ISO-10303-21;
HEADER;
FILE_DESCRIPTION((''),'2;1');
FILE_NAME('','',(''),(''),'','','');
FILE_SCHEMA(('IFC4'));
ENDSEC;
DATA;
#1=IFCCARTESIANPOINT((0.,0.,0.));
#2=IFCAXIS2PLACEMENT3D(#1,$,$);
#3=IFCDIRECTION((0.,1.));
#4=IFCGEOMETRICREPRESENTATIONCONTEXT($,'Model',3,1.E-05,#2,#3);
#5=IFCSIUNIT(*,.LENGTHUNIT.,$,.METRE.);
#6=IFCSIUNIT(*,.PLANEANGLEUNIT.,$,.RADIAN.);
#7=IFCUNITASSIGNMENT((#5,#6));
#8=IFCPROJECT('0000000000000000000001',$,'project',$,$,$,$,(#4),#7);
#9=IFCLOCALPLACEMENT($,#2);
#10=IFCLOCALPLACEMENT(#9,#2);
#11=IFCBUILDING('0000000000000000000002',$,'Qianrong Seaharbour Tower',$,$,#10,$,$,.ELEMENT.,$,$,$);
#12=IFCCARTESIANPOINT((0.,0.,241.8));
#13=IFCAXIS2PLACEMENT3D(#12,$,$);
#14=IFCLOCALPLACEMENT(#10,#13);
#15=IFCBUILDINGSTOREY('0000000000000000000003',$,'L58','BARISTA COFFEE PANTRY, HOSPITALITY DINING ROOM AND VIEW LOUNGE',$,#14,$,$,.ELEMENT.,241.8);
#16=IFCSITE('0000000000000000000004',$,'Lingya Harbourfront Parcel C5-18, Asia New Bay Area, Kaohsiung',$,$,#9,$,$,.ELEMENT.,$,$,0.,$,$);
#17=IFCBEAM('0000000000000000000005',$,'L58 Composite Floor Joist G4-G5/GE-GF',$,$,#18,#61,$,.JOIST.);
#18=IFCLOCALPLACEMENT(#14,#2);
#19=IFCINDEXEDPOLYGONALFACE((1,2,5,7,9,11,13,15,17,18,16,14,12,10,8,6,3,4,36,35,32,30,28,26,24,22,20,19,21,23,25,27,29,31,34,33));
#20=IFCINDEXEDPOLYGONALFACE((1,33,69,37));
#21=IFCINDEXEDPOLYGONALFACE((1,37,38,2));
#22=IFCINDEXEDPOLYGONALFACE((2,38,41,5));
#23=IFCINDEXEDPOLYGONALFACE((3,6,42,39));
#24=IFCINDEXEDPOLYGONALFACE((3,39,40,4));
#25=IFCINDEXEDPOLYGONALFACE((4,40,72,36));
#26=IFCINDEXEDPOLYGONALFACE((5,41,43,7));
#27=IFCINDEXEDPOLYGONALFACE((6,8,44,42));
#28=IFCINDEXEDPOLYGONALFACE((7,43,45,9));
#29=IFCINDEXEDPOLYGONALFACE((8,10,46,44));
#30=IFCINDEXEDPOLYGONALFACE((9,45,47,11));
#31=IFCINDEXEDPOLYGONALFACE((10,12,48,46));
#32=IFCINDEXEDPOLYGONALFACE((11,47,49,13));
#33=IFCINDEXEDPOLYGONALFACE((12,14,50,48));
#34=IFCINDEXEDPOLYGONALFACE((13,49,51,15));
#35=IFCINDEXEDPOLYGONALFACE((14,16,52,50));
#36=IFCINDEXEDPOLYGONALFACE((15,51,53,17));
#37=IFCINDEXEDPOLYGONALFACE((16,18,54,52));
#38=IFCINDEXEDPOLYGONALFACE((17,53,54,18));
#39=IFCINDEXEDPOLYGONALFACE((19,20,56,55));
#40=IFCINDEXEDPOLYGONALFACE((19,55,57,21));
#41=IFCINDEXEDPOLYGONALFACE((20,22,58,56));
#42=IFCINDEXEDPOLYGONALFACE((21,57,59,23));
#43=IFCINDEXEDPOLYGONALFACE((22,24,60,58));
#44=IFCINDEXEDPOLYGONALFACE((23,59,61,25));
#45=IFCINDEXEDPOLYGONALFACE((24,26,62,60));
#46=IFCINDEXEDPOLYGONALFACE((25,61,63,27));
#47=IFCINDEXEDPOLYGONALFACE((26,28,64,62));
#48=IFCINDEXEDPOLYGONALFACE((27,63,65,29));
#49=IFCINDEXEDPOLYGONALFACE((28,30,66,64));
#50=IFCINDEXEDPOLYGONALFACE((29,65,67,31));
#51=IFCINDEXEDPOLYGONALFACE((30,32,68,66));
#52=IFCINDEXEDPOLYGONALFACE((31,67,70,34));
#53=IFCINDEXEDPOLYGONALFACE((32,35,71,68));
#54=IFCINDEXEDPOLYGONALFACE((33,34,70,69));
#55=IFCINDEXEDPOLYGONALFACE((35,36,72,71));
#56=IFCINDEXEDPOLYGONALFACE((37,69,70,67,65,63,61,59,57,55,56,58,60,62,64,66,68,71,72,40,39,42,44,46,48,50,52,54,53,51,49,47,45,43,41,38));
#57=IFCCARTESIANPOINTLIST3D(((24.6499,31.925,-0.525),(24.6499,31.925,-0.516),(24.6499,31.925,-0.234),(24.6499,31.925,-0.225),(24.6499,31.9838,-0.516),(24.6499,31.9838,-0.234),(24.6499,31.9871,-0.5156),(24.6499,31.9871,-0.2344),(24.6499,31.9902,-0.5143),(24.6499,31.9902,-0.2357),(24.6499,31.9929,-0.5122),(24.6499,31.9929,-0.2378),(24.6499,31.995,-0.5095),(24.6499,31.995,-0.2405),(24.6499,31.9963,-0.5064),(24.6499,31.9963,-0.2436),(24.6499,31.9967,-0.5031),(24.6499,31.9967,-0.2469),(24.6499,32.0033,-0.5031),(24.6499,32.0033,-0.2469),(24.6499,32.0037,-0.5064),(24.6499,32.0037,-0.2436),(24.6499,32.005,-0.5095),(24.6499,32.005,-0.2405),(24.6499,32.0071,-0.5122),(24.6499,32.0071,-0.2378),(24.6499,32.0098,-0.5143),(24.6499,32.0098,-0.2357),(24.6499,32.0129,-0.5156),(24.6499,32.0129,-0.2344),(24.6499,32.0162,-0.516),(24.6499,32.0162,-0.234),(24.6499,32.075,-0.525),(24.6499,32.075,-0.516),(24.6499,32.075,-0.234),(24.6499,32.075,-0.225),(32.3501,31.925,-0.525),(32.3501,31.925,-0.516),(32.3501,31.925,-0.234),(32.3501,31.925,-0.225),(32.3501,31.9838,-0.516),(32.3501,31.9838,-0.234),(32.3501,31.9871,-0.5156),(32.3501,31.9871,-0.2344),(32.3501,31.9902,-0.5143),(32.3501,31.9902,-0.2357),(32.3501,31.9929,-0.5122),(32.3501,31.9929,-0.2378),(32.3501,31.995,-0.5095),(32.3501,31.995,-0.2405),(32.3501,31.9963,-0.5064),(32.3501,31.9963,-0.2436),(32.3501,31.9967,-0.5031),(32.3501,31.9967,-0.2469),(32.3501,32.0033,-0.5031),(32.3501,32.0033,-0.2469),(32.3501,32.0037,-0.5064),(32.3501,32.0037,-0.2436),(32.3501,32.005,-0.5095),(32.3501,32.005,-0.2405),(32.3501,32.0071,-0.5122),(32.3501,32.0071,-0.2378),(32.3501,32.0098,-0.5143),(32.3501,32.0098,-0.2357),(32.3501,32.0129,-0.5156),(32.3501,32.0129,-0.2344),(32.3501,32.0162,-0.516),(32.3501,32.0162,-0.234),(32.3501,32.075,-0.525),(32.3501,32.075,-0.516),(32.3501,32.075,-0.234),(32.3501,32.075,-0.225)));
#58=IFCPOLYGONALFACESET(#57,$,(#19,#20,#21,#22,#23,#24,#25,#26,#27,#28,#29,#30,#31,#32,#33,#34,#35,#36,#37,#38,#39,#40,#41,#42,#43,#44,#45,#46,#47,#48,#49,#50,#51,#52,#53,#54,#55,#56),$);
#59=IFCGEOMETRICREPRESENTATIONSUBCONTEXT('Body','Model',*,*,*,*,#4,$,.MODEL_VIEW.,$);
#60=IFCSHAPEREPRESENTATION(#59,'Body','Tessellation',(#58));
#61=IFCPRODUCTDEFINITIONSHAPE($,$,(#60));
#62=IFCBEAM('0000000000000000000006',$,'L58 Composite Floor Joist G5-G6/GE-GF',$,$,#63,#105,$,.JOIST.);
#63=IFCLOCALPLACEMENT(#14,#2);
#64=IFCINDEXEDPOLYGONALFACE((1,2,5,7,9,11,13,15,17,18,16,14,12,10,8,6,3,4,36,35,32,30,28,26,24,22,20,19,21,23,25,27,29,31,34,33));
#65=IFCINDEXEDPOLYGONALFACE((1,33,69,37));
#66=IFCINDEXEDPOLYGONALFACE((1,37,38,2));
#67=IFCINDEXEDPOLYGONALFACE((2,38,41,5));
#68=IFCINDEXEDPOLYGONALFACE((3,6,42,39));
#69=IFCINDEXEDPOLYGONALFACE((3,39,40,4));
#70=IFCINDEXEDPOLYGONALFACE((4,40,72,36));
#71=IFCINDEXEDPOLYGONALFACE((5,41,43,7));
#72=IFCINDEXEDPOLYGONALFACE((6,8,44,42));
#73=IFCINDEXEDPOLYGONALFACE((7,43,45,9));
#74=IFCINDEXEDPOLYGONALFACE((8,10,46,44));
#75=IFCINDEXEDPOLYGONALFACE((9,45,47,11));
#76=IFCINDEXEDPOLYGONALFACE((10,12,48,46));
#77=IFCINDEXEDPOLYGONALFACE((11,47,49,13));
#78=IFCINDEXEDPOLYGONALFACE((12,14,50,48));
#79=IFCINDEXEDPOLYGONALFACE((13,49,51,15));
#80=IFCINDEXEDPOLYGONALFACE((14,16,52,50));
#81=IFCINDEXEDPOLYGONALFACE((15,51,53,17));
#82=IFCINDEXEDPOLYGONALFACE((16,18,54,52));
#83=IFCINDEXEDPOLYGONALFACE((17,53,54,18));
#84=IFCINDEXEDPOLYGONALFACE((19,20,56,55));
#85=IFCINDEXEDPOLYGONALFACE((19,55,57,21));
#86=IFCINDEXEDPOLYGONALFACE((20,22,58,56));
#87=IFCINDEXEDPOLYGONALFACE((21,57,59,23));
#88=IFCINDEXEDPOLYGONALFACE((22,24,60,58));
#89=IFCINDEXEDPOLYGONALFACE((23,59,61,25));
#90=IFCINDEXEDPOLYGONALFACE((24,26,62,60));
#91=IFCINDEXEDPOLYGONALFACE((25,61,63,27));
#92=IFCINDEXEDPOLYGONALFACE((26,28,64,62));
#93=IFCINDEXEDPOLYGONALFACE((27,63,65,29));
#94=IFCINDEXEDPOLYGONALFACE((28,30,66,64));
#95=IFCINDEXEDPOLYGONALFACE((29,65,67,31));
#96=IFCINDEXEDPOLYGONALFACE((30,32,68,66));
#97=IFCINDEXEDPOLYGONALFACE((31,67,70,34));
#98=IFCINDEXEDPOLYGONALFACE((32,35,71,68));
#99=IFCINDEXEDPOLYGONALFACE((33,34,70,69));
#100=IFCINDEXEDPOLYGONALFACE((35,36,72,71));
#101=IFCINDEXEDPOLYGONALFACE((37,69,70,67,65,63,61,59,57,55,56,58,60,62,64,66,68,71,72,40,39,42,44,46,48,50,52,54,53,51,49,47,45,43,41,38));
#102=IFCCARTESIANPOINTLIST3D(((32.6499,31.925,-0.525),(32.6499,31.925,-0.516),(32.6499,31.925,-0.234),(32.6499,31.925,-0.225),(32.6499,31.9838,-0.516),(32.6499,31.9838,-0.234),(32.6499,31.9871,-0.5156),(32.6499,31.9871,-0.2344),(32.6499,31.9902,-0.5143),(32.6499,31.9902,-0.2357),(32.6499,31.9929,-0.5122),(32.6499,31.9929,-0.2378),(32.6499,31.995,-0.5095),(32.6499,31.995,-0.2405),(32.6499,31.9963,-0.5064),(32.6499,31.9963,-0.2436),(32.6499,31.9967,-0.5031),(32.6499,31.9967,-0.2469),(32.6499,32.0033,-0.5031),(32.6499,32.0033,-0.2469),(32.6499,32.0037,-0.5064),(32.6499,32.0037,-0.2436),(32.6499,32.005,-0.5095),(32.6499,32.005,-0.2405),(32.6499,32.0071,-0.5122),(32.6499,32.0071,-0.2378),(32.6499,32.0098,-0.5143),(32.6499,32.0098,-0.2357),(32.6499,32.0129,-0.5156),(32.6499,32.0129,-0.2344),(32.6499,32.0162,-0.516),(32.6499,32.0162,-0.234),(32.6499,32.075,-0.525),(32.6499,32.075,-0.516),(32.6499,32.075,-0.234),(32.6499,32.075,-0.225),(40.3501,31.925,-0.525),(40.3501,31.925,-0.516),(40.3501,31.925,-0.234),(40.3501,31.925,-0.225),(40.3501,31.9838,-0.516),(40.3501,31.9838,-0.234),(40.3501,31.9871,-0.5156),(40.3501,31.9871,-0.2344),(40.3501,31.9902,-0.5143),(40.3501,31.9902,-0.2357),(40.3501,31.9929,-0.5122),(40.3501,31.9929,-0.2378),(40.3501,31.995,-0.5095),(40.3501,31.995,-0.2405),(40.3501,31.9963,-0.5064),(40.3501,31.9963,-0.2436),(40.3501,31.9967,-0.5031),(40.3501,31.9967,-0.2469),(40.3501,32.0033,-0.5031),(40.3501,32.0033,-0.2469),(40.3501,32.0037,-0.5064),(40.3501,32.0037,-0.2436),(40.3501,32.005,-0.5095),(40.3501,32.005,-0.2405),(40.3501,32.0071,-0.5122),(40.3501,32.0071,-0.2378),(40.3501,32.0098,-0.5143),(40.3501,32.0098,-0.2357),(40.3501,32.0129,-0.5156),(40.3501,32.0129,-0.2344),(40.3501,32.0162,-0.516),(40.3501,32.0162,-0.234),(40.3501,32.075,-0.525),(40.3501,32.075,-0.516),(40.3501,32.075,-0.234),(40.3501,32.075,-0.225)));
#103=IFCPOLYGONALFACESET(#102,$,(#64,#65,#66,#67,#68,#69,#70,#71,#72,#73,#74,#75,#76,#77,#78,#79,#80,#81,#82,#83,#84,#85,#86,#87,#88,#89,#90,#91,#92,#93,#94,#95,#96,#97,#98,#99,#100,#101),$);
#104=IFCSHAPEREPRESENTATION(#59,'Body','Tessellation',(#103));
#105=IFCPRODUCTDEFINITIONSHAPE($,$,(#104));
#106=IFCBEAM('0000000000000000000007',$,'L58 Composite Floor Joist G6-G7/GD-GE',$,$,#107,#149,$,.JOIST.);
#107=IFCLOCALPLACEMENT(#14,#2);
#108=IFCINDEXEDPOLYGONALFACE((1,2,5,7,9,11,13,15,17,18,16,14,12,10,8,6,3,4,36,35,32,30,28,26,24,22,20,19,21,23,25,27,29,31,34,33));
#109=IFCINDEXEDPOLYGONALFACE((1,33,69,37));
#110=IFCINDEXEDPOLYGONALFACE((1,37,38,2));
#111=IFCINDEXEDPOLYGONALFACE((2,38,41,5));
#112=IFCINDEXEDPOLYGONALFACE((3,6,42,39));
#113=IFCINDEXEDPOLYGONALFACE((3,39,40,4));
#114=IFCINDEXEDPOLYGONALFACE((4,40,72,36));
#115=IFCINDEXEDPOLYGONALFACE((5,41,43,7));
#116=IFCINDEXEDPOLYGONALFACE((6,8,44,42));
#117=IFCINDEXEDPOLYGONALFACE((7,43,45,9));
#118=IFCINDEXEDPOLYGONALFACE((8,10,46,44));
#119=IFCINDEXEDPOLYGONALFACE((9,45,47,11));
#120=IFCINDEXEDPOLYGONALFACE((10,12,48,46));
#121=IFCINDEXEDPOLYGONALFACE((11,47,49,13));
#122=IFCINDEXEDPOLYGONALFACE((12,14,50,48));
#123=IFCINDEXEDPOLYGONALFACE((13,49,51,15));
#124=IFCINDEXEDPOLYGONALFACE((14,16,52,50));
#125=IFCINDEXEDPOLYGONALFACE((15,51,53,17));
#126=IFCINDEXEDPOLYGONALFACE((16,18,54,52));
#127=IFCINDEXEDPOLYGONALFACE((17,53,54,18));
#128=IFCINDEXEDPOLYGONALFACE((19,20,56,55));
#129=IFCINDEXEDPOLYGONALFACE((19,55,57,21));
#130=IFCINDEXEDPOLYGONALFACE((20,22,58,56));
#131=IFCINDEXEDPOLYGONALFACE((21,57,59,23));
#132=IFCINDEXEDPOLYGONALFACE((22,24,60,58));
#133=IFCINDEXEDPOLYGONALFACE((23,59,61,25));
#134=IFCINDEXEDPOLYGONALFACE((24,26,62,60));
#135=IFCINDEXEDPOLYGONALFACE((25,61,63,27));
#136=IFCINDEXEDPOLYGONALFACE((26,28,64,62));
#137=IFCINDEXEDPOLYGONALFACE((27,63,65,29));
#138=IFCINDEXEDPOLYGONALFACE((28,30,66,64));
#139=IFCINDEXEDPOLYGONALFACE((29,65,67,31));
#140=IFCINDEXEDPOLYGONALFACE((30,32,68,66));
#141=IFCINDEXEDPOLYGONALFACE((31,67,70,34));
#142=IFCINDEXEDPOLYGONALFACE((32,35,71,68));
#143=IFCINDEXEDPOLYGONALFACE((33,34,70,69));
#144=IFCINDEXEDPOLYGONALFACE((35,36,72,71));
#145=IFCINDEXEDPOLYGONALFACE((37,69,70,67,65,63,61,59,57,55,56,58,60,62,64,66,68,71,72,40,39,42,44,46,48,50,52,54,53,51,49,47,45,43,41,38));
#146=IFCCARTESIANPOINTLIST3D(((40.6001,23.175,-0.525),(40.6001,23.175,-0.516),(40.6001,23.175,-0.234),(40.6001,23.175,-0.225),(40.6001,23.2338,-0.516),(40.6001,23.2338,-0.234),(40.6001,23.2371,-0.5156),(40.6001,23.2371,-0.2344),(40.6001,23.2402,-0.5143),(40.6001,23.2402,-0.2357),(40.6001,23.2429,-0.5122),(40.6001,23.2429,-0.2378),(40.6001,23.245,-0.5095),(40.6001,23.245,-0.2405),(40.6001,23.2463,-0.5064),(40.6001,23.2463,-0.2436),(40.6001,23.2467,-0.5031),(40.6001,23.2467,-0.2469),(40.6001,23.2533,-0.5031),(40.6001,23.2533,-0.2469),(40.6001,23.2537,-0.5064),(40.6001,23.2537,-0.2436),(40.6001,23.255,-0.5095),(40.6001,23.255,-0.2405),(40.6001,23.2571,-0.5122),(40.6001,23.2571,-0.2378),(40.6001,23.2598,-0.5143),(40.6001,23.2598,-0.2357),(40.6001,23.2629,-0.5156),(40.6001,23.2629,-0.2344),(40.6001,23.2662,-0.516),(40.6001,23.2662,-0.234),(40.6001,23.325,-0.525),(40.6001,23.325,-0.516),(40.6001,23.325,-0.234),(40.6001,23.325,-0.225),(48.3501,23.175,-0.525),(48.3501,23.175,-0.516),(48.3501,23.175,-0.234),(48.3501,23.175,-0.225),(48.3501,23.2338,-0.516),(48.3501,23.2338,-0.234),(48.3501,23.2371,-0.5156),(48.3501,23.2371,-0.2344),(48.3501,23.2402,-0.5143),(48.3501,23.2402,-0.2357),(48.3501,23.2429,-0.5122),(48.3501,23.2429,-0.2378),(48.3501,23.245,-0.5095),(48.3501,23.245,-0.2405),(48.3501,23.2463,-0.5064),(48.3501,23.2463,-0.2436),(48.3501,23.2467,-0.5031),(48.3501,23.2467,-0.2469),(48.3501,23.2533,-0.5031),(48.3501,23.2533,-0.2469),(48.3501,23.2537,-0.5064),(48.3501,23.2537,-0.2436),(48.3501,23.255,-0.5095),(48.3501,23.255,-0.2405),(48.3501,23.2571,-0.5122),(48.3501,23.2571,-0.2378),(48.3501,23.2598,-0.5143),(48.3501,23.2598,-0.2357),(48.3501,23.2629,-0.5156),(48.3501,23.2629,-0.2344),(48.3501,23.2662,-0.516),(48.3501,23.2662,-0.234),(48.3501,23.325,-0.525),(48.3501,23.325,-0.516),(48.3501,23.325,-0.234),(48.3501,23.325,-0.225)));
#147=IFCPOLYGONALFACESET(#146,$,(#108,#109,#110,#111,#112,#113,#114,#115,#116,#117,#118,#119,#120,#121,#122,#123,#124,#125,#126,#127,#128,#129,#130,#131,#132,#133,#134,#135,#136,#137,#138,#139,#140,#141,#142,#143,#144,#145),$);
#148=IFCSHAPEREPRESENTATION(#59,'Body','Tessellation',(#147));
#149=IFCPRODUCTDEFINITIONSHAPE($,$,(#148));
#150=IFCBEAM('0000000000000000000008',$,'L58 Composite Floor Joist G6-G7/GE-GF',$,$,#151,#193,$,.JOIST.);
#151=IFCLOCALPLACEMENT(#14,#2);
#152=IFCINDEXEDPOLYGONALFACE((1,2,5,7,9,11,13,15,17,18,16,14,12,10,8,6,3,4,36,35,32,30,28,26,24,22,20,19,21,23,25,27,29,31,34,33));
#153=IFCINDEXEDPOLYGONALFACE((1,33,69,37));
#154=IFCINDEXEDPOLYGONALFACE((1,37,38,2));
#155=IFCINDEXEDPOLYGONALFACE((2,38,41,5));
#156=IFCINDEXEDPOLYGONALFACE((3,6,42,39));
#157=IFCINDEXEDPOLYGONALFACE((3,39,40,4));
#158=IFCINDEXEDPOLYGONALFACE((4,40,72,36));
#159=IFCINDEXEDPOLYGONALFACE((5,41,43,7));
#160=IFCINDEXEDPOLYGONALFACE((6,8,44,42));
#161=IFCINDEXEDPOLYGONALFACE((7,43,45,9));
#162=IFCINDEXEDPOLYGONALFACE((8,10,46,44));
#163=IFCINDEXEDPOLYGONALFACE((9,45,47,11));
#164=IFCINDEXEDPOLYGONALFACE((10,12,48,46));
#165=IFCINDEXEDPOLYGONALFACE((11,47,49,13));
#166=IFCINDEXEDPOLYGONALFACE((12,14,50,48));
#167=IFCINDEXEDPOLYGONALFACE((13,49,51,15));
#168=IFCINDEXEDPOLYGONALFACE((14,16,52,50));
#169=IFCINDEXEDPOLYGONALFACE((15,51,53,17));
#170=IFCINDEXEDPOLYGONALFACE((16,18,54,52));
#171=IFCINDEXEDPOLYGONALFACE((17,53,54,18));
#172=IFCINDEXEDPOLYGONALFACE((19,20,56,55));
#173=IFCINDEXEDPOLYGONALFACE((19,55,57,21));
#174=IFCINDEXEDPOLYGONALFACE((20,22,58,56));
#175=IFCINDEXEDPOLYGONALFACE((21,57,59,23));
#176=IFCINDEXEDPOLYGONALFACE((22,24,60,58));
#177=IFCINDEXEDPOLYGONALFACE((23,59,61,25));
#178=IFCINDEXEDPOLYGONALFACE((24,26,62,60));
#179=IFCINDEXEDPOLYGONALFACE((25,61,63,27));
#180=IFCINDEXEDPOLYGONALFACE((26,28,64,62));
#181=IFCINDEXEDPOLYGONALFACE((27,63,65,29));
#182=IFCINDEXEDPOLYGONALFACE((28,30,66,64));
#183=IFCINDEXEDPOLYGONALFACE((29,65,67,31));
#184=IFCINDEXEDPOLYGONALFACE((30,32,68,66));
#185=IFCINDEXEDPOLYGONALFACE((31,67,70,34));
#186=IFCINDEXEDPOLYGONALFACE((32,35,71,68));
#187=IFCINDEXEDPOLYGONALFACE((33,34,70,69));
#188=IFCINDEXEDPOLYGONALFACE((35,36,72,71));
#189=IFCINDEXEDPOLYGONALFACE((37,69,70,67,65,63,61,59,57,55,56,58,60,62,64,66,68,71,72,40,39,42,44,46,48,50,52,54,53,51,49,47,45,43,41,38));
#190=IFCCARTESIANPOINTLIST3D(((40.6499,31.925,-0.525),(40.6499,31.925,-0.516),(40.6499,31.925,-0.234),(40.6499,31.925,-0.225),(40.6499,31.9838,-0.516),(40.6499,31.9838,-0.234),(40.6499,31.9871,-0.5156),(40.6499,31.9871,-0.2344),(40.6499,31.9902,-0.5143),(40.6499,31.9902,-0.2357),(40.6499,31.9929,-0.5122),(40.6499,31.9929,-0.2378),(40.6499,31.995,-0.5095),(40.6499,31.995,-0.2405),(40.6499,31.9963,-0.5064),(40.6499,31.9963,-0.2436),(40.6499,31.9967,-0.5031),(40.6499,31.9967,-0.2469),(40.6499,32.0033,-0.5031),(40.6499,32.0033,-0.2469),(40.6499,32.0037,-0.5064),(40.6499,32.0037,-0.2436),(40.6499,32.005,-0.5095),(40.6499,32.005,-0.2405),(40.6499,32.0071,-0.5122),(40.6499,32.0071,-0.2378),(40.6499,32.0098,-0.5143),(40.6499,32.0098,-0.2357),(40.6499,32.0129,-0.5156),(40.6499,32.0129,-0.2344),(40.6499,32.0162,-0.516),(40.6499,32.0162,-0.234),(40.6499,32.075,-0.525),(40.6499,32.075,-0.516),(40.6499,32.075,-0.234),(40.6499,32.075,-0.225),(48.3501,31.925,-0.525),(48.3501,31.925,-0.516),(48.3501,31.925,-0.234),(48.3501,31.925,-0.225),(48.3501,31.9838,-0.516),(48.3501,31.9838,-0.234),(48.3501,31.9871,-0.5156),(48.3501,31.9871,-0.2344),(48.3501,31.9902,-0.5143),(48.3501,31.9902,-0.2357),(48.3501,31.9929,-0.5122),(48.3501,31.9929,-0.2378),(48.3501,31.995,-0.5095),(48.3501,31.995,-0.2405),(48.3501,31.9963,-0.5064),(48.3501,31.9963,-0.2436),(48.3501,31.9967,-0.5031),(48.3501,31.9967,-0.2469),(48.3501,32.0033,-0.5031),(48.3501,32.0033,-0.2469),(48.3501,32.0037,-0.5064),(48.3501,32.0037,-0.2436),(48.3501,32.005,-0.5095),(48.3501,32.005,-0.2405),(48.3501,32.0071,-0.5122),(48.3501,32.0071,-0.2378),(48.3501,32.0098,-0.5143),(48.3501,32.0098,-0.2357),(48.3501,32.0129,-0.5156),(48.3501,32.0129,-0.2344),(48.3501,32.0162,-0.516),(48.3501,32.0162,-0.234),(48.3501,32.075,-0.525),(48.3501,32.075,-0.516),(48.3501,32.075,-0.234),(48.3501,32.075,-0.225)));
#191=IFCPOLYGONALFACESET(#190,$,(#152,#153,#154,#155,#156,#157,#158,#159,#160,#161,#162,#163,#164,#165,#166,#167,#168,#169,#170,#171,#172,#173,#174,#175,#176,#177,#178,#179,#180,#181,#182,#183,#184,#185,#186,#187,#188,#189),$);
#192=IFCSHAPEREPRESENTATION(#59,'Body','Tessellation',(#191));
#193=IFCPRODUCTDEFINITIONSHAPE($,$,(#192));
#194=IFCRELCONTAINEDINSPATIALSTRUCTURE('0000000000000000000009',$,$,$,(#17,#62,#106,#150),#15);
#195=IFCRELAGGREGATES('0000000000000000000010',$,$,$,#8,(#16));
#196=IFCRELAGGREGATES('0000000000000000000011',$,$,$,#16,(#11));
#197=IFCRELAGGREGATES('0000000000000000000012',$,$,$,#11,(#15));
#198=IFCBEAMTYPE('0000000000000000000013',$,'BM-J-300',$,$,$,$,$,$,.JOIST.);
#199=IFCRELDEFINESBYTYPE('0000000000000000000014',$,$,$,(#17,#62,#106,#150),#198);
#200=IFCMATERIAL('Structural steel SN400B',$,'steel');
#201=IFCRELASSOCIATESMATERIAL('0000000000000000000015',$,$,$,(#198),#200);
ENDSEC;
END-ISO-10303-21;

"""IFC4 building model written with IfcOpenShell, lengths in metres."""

from ifc_helpers import new_model, si_unit, direction, frame, origin, origin_2d, place, context, subcontext, project, spatial, i_section, extrude, material, material_profile, profile_set, type_object, element, save


model = new_model("IFC4")

# Units and contexts
model_context = context("Model", 3, precision=1e-05, world=origin(), true_north=direction((0.0, 1.0)))
body_context = subcontext(model_context, "Body", "Model", "MODEL_VIEW")
ifc_project = project(units=[si_unit("LENGTHUNIT", "METRE"), si_unit("PLANEANGLEUNIT", "RADIAN")], contexts=[model_context])

# Site, building, storey
site_placement = place(None, origin())
site = spatial("IfcSite", under=ifc_project, at=site_placement, Name="Lingya Harbourfront Parcel C5-18, Asia New Bay Area, Kaohsiung", CompositionType="ELEMENT", RefElevation=0.0)
building_placement = place(site_placement, origin())
building = spatial("IfcBuilding", under=site, at=building_placement, Name="Qianrong Seaharbour Tower", CompositionType="ELEMENT")
storey_placement = place(building_placement, frame((0.0, 0.0, 241.8)))
storey = spatial("IfcBuildingStorey", under=building, at=storey_placement, Name="L58", Description="BARISTA COFFEE PANTRY, HOSPITALITY DINING ROOM AND VIEW LOUNGE", CompositionType="ELEMENT", Elevation=241.8)

# Beams
ifc_material_1 = material(Name="Structural steel SN400B", Category="steel")
ifc_material_profile_1 = material_profile(ifc_material_1, i_section(OverallWidth=0.1499, OverallDepth=0.3, WebThickness=0.0066, FlangeThickness=0.009, FilletRadius=0.0129, at=origin_2d()), Name="H300x150x6.5x9")
ifc_profile_set_1 = profile_set([ifc_material_profile_1], Name="Structural steel SN400B")
beam_type_1 = type_object("IfcBeamType", Name="BM-J-300", PredefinedType="JOIST", material=ifc_profile_set_1)
for number, where, z_axis, x_axis, name in (
    (1, (24.6499, 32.0, -0.375), (1.0, 0.0, 0.0), (0.0, 1.0, 0.0), "L58 Composite Floor Joist G4-G5/GE-GF"),
    (2, (32.6499, 32.0, -0.375), (1.0, 0.0, 0.0), (0.0, 1.0, 0.0), "L58 Composite Floor Joist G5-G6/GE-GF"),
):
    element("IfcBeam", number, at=place(storey_placement, frame(where, z_axis=z_axis, x_axis=x_axis)), inside=storey, type_object=beam_type_1, Name=name, PredefinedType="JOIST", context=body_context, shape_type="SweptSolid", body=[
        extrude(i_section(OverallWidth=0.1499, OverallDepth=0.3, WebThickness=0.0066, FlangeThickness=0.009, FilletRadius=0.0129, at=origin_2d()), origin(), (0.0, 0.0, 1.0), 7.7002),
    ])
beam_1_placement = place(storey_placement, frame((40.6001, 23.25, -0.375), z_axis=(1.0, 0.0, 0.0), x_axis=(0.0, 1.0, 0.0)))
element("IfcBeam", 3, at=beam_1_placement, inside=storey, type_object=beam_type_1, Name="L58 Composite Floor Joist G6-G7/GD-GE", PredefinedType="JOIST", context=body_context, shape_type="SweptSolid", body=[
    extrude(i_section(OverallWidth=0.1499, OverallDepth=0.3, WebThickness=0.0066, FlangeThickness=0.009, FilletRadius=0.0129, at=origin_2d()), origin(), (0.0, 0.0, 1.0), 7.75),
])
beam_2_placement = place(storey_placement, frame((40.6499, 32.0, -0.375), z_axis=(1.0, 0.0, 0.0), x_axis=(0.0, 1.0, 0.0)))
element("IfcBeam", 4, at=beam_2_placement, inside=storey, type_object=beam_type_1, Name="L58 Composite Floor Joist G6-G7/GE-GF", PredefinedType="JOIST", context=body_context, shape_type="SweptSolid", body=[
    extrude(i_section(OverallWidth=0.1499, OverallDepth=0.3, WebThickness=0.0066, FlangeThickness=0.009, FilletRadius=0.0129, at=origin_2d()), origin(), (0.0, 0.0, 1.0), 7.7002),
])

save(model, "model.ifc")
